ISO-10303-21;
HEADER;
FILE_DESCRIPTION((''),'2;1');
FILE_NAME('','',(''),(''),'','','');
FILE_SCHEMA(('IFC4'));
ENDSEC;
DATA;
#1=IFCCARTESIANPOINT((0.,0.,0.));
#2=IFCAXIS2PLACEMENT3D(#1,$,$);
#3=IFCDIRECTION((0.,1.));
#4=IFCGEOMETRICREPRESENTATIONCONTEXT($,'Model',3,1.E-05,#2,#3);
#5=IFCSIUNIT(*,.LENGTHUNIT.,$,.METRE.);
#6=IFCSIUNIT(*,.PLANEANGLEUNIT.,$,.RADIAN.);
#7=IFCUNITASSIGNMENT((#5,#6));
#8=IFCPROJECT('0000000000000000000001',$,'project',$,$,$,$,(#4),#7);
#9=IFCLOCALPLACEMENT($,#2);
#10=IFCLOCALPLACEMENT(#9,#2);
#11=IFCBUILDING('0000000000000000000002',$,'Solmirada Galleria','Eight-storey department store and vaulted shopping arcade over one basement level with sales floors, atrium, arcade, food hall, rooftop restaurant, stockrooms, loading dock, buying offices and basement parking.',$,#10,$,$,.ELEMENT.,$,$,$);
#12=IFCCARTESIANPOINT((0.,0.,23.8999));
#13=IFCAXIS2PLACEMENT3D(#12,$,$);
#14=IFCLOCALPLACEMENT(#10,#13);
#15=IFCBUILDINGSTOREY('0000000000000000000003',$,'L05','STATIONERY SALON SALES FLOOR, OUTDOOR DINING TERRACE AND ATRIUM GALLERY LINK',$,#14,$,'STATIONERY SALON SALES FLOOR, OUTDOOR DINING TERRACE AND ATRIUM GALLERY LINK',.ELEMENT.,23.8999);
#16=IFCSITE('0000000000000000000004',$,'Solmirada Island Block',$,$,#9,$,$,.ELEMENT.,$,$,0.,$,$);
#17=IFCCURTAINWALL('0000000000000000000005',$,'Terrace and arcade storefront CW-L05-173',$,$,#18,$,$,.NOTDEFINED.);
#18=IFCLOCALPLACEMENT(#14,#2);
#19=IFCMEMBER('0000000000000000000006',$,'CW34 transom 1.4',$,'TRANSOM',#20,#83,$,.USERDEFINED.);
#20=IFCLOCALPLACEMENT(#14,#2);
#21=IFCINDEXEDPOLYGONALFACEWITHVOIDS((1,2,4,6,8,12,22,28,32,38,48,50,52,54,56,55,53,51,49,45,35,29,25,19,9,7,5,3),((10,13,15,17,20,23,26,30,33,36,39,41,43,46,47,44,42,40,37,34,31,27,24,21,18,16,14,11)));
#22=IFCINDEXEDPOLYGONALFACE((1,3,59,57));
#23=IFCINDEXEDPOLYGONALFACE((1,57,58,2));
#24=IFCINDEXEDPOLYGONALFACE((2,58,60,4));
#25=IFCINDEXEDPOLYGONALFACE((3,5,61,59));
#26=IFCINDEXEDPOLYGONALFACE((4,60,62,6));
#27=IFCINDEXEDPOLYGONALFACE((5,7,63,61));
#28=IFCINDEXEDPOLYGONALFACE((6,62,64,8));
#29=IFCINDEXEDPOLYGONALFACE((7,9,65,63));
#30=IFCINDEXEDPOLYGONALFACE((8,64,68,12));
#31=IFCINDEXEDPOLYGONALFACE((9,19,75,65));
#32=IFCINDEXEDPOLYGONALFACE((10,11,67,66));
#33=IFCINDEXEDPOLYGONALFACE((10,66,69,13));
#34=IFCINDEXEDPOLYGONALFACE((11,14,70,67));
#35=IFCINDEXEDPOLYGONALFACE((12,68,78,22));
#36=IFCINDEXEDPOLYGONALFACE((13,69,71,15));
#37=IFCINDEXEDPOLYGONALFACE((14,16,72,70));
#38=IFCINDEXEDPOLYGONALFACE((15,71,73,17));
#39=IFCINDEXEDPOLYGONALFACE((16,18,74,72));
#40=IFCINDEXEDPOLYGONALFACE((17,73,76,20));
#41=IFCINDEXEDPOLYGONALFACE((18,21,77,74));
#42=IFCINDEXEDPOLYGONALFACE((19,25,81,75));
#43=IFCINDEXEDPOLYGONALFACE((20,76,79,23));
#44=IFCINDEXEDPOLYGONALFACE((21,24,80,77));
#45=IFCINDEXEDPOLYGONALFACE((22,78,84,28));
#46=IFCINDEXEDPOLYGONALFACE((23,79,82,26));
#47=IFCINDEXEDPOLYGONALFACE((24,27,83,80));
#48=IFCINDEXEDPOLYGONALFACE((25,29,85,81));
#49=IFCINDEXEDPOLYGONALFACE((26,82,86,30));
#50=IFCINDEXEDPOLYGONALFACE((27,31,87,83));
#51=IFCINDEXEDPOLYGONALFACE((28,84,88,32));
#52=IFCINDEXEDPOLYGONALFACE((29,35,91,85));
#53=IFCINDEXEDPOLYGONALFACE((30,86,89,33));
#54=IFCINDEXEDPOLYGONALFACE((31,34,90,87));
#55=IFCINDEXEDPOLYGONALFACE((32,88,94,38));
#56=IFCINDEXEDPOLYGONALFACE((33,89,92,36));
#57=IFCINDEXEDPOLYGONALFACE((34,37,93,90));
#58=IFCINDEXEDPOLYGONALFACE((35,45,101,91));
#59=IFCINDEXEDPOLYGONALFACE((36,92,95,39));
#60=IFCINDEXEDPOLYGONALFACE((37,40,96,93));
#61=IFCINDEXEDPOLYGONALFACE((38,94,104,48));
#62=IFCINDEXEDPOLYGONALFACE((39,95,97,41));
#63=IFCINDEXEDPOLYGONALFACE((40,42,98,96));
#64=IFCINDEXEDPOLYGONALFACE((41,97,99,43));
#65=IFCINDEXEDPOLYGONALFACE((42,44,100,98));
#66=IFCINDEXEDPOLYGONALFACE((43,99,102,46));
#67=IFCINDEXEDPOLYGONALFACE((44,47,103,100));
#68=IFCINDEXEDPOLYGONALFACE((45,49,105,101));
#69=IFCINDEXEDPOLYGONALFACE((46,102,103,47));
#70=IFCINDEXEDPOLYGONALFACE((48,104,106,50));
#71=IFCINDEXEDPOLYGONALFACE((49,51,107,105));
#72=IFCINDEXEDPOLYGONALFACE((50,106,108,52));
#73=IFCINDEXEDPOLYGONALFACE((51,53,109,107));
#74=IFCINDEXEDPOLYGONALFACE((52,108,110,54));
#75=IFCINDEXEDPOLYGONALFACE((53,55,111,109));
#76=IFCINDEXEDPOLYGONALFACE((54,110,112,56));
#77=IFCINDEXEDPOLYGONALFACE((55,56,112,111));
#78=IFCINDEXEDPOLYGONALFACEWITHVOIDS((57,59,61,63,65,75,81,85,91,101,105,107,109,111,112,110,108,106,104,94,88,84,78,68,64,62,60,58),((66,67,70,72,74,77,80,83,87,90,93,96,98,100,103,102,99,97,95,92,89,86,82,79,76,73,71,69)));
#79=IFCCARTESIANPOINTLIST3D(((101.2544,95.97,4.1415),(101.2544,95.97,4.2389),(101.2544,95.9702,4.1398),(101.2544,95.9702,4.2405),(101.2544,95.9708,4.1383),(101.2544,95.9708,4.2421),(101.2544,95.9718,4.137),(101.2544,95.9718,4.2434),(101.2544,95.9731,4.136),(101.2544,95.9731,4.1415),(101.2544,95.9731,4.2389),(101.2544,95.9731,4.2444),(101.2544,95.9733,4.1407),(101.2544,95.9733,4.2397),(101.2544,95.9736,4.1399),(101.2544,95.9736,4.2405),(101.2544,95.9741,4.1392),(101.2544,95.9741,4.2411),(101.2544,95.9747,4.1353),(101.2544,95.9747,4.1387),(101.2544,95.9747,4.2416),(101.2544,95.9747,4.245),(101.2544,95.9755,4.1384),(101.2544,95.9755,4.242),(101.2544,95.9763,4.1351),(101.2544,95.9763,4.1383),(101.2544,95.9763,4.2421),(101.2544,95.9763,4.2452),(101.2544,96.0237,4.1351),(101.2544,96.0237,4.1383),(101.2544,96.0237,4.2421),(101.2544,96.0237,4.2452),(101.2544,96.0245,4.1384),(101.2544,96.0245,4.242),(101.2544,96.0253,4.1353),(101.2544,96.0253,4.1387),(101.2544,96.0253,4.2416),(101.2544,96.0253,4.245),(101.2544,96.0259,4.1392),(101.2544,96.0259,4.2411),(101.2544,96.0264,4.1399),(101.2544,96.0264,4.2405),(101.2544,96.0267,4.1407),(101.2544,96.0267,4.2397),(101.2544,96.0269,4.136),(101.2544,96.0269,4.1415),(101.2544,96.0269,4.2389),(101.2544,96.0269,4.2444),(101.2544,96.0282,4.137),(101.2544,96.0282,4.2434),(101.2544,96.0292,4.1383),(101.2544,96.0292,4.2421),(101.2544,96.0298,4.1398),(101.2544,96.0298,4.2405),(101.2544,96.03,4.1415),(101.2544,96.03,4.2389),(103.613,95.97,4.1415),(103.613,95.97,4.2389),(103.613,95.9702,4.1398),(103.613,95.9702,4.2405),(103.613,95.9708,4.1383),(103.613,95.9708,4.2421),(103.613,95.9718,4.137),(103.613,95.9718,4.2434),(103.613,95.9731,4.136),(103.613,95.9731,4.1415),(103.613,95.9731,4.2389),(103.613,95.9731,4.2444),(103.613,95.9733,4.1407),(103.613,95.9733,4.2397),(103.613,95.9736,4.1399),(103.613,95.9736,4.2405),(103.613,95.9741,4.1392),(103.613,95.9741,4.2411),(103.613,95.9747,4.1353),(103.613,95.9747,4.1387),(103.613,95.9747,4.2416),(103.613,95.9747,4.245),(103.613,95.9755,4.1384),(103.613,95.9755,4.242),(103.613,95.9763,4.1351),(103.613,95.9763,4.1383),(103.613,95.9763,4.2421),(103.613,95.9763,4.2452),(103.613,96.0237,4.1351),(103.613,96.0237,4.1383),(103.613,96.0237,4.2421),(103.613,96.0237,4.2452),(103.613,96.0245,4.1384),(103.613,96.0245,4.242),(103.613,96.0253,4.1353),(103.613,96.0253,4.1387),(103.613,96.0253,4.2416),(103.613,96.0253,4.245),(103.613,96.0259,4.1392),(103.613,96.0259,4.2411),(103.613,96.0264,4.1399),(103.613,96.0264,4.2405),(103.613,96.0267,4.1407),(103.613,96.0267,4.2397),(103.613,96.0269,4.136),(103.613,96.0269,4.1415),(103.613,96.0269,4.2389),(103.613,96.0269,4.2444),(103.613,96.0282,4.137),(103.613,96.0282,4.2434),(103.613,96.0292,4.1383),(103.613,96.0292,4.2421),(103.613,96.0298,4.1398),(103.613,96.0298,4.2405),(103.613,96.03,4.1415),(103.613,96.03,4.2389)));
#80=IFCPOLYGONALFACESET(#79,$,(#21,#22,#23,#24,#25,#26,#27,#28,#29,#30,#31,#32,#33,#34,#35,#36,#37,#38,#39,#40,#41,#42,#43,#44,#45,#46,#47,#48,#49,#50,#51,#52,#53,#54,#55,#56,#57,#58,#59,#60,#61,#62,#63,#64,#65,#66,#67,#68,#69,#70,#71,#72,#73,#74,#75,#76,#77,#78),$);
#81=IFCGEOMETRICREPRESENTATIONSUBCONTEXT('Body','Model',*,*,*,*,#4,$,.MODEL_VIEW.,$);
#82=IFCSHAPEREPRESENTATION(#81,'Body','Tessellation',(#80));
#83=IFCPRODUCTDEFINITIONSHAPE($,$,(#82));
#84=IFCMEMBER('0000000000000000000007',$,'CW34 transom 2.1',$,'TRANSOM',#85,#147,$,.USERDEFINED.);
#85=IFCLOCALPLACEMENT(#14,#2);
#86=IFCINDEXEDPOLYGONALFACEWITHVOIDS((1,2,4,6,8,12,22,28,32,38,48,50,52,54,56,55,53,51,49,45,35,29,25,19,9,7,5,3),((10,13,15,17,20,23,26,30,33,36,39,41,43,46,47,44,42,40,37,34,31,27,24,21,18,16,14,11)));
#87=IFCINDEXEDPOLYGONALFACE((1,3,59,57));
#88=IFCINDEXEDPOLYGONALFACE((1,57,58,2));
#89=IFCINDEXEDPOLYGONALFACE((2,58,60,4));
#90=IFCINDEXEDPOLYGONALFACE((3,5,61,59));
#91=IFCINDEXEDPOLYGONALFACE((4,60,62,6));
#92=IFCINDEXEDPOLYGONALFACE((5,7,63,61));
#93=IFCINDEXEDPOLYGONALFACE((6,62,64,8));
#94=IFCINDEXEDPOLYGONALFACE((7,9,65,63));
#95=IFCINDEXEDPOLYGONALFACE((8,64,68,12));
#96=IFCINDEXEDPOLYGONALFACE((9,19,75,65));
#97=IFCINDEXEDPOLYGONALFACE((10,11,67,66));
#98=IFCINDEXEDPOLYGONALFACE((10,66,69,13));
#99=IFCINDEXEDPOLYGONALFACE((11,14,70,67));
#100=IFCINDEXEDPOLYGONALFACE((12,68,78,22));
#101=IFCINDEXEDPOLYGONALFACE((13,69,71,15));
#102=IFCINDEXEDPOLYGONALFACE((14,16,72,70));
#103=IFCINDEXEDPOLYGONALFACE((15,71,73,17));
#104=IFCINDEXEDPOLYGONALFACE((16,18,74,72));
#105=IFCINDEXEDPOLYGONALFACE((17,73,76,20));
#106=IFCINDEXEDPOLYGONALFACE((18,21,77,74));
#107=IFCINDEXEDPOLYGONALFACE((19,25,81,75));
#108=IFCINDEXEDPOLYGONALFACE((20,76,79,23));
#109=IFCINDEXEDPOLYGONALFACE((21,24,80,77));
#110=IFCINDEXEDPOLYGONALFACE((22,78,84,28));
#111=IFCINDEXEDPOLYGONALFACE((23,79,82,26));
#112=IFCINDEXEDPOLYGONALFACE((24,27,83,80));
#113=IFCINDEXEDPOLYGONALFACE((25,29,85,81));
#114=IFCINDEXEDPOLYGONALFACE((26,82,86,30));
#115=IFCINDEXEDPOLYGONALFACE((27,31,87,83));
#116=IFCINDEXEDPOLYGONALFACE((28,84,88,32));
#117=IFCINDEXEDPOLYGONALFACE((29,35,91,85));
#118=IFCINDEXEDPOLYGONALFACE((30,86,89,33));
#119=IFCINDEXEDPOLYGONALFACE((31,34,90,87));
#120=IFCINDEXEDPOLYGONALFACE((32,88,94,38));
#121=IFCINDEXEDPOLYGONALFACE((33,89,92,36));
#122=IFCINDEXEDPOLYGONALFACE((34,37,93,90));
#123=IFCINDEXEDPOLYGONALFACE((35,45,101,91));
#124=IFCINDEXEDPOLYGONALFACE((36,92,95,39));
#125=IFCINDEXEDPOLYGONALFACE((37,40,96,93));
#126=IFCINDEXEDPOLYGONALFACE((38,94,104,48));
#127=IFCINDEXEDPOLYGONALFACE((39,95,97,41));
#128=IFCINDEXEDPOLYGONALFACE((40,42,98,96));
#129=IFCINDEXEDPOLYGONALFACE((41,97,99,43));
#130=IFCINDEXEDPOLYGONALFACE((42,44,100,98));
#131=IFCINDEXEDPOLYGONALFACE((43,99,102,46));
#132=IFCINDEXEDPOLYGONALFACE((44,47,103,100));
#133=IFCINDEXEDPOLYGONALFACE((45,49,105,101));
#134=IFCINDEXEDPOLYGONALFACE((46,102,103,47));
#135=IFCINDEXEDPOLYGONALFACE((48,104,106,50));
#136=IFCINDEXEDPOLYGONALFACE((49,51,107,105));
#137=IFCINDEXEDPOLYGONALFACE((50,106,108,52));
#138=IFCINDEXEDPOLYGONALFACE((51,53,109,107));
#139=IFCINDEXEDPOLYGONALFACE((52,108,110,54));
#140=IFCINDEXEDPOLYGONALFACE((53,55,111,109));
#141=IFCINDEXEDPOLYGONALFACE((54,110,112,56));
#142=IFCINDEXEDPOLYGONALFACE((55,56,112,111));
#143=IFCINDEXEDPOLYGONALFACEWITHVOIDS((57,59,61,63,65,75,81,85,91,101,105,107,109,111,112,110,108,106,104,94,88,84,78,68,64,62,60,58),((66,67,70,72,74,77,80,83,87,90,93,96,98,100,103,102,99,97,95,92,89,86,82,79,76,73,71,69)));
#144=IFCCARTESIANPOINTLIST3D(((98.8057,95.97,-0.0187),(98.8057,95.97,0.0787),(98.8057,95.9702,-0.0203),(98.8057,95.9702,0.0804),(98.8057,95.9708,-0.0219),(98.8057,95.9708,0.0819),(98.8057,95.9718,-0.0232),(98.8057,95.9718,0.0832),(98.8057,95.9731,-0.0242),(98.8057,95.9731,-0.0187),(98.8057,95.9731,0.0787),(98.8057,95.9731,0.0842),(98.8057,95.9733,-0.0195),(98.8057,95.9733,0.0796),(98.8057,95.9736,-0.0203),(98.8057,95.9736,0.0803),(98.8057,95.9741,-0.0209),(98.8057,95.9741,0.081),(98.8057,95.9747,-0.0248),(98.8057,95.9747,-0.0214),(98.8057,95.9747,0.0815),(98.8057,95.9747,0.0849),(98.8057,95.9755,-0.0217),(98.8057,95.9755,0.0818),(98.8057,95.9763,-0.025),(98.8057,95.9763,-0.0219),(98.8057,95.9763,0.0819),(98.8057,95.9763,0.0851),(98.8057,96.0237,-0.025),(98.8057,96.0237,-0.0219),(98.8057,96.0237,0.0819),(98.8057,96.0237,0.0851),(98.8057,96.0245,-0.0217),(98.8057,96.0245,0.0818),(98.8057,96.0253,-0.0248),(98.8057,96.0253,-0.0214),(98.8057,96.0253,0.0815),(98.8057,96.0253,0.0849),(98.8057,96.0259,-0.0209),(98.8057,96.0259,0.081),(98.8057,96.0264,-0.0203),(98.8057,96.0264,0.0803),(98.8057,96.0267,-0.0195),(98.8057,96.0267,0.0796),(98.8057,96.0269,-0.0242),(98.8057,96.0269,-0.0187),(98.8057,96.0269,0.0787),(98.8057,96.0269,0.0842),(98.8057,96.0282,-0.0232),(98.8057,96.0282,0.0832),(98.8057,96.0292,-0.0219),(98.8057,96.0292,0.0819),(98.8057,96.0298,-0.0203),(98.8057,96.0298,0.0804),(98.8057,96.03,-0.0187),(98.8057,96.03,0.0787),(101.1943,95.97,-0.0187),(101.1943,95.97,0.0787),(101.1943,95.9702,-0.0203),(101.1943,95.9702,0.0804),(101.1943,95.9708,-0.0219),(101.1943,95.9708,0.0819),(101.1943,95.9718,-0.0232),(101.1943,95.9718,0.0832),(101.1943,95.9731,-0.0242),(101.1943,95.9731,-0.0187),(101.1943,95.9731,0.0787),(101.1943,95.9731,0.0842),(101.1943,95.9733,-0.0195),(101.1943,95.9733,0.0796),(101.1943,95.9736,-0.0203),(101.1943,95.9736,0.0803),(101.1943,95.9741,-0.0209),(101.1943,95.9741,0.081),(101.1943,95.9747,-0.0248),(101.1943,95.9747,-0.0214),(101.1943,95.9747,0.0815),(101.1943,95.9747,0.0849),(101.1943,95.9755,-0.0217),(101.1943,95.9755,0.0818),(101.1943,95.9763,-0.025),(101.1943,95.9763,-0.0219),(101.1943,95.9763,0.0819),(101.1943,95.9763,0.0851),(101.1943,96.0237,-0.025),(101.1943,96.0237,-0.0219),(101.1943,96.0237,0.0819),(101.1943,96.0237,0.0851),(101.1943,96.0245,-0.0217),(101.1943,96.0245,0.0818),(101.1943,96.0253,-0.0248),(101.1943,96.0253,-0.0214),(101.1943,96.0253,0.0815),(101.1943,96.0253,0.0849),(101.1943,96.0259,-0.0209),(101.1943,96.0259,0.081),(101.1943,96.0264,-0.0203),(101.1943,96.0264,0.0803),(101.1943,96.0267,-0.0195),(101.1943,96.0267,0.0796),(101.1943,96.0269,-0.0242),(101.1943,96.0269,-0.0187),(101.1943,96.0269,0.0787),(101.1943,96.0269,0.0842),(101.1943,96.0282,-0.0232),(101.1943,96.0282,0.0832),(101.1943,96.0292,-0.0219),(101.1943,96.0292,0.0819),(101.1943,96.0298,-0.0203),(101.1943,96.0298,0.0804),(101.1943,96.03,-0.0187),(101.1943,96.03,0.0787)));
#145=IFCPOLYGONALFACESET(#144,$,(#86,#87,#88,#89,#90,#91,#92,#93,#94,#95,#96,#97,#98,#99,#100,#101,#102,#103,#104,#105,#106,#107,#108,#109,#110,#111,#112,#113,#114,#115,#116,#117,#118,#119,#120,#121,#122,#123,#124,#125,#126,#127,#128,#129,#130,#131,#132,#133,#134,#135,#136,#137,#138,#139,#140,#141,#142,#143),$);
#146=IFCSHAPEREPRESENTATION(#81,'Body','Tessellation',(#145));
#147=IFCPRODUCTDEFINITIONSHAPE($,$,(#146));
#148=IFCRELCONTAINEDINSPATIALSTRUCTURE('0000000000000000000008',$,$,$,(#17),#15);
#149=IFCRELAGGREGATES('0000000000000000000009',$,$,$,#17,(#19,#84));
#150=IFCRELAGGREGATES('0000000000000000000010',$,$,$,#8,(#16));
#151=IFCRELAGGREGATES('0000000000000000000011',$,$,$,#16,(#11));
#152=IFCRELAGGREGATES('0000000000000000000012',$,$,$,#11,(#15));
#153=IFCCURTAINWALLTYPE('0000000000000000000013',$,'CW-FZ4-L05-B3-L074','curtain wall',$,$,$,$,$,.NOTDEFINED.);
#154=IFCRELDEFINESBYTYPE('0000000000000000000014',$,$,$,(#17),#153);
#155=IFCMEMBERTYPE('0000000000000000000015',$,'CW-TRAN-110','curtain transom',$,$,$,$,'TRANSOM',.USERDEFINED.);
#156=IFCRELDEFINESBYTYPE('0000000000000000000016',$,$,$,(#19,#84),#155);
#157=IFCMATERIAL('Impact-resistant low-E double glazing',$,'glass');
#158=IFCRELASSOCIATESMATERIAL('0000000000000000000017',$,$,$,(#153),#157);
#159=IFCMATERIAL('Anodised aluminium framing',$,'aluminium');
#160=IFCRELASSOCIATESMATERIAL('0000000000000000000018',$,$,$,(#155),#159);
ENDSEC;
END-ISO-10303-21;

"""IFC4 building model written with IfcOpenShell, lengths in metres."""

from ifc_helpers import new_model, si_unit, direction, frame, origin, origin_2d, place, context, subcontext, project, spatial, hollow_rectangle, extrude, material, material_profile, profile_set, type_object, element, aggregate, save


model = new_model("IFC4")

# Units and contexts
model_context = context("Model", 3, precision=1e-05, world=origin(), true_north=direction((0.0, 1.0)))
body_context = subcontext(model_context, "Body", "Model", "MODEL_VIEW")
ifc_project = project(units=[si_unit("LENGTHUNIT", "METRE"), si_unit("PLANEANGLEUNIT", "RADIAN")], contexts=[model_context])

# Site, building, storey
site_placement = place(None, origin())
site = spatial("IfcSite", under=ifc_project, at=site_placement, Name="Solmirada Island Block", CompositionType="ELEMENT", RefElevation=0.0)
building_placement = place(site_placement, origin())
building = spatial("IfcBuilding", under=site, at=building_placement, Name="Solmirada Galleria", Description="Eight-storey department store and vaulted shopping arcade over one basement level with sales floors, atrium, arcade, food hall, rooftop restaurant, stockrooms, loading dock, buying offices and basement parking.", CompositionType="ELEMENT")
storey_placement = place(building_placement, frame((0.0, 0.0, 23.8999)))
storey = spatial("IfcBuildingStorey", under=building, at=storey_placement, Name="L05", Description="STATIONERY SALON SALES FLOOR, OUTDOOR DINING TERRACE AND ATRIUM GALLERY LINK", LongName="STATIONERY SALON SALES FLOOR, OUTDOOR DINING TERRACE AND ATRIUM GALLERY LINK", CompositionType="ELEMENT", Elevation=23.8999)

# Curtain wall, members
ifc_material_1 = material(Name="Impact-resistant low-E double glazing", Category="glass")
curtain_wall_type_1 = type_object("IfcCurtainWallType", Name="CW-FZ4-L05-B3-L074", Description="curtain wall", PredefinedType="NOTDEFINED", material=ifc_material_1)
curtain_wall_1_placement = place(storey_placement, origin())
curtain_wall_1 = element("IfcCurtainWall", 1, at=curtain_wall_1_placement, inside=storey, type_object=curtain_wall_type_1, Name="Terrace and arcade storefront CW-L05-173", PredefinedType="NOTDEFINED")
ifc_material_2 = material(Name="Anodised aluminium framing", Category="aluminium")
ifc_material_profile_1 = material_profile(ifc_material_2, hollow_rectangle(XDim=0.0601, YDim=0.1101, WallThickness=0.0032, InnerFilletRadius=0.0032, OuterFilletRadius=0.0063, at=origin_2d()), Name="ALU-TRAN-110X60")
ifc_profile_set_1 = profile_set([ifc_material_profile_1], Name="Anodised aluminium framing")
member_type_1 = type_object("IfcMemberType", Name="CW-TRAN-110", Description="curtain transom", ElementType="TRANSOM", PredefinedType="USERDEFINED", material=ifc_profile_set_1)
member_1_placement = place(storey_placement, frame((103.613, 96.0, 4.1902), z_axis=(-1.0, 0.0, 0.0), x_axis=(0.0, -1.0, 0.0)))
member_1 = element("IfcMember", 2, at=member_1_placement, type_object=member_type_1, Name="CW34 transom 1.4", ObjectType="TRANSOM", PredefinedType="USERDEFINED", context=body_context, shape_type="SweptSolid", body=[
    extrude(hollow_rectangle(XDim=0.0601, YDim=0.1101, WallThickness=0.0032, InnerFilletRadius=0.0032, OuterFilletRadius=0.0063, at=origin_2d()), origin(), (0.0, 0.0, 1.0), 2.3586),
])
member_2_placement = place(storey_placement, frame((101.1943, 96.0, 0.03), z_axis=(-1.0, 0.0, 0.0), x_axis=(0.0, -1.0, 0.0)))
member_2 = element("IfcMember", 3, at=member_2_placement, type_object=member_type_1, Name="CW34 transom 2.1", ObjectType="TRANSOM", PredefinedType="USERDEFINED", context=body_context, shape_type="SweptSolid", body=[
    extrude(hollow_rectangle(XDim=0.0601, YDim=0.1101, WallThickness=0.0032, InnerFilletRadius=0.0032, OuterFilletRadius=0.0063, at=origin_2d()), origin(), (0.0, 0.0, 1.0), 2.3887),
])

aggregate(curtain_wall_1, [member_1, member_2])

save(model, "model.ifc")
